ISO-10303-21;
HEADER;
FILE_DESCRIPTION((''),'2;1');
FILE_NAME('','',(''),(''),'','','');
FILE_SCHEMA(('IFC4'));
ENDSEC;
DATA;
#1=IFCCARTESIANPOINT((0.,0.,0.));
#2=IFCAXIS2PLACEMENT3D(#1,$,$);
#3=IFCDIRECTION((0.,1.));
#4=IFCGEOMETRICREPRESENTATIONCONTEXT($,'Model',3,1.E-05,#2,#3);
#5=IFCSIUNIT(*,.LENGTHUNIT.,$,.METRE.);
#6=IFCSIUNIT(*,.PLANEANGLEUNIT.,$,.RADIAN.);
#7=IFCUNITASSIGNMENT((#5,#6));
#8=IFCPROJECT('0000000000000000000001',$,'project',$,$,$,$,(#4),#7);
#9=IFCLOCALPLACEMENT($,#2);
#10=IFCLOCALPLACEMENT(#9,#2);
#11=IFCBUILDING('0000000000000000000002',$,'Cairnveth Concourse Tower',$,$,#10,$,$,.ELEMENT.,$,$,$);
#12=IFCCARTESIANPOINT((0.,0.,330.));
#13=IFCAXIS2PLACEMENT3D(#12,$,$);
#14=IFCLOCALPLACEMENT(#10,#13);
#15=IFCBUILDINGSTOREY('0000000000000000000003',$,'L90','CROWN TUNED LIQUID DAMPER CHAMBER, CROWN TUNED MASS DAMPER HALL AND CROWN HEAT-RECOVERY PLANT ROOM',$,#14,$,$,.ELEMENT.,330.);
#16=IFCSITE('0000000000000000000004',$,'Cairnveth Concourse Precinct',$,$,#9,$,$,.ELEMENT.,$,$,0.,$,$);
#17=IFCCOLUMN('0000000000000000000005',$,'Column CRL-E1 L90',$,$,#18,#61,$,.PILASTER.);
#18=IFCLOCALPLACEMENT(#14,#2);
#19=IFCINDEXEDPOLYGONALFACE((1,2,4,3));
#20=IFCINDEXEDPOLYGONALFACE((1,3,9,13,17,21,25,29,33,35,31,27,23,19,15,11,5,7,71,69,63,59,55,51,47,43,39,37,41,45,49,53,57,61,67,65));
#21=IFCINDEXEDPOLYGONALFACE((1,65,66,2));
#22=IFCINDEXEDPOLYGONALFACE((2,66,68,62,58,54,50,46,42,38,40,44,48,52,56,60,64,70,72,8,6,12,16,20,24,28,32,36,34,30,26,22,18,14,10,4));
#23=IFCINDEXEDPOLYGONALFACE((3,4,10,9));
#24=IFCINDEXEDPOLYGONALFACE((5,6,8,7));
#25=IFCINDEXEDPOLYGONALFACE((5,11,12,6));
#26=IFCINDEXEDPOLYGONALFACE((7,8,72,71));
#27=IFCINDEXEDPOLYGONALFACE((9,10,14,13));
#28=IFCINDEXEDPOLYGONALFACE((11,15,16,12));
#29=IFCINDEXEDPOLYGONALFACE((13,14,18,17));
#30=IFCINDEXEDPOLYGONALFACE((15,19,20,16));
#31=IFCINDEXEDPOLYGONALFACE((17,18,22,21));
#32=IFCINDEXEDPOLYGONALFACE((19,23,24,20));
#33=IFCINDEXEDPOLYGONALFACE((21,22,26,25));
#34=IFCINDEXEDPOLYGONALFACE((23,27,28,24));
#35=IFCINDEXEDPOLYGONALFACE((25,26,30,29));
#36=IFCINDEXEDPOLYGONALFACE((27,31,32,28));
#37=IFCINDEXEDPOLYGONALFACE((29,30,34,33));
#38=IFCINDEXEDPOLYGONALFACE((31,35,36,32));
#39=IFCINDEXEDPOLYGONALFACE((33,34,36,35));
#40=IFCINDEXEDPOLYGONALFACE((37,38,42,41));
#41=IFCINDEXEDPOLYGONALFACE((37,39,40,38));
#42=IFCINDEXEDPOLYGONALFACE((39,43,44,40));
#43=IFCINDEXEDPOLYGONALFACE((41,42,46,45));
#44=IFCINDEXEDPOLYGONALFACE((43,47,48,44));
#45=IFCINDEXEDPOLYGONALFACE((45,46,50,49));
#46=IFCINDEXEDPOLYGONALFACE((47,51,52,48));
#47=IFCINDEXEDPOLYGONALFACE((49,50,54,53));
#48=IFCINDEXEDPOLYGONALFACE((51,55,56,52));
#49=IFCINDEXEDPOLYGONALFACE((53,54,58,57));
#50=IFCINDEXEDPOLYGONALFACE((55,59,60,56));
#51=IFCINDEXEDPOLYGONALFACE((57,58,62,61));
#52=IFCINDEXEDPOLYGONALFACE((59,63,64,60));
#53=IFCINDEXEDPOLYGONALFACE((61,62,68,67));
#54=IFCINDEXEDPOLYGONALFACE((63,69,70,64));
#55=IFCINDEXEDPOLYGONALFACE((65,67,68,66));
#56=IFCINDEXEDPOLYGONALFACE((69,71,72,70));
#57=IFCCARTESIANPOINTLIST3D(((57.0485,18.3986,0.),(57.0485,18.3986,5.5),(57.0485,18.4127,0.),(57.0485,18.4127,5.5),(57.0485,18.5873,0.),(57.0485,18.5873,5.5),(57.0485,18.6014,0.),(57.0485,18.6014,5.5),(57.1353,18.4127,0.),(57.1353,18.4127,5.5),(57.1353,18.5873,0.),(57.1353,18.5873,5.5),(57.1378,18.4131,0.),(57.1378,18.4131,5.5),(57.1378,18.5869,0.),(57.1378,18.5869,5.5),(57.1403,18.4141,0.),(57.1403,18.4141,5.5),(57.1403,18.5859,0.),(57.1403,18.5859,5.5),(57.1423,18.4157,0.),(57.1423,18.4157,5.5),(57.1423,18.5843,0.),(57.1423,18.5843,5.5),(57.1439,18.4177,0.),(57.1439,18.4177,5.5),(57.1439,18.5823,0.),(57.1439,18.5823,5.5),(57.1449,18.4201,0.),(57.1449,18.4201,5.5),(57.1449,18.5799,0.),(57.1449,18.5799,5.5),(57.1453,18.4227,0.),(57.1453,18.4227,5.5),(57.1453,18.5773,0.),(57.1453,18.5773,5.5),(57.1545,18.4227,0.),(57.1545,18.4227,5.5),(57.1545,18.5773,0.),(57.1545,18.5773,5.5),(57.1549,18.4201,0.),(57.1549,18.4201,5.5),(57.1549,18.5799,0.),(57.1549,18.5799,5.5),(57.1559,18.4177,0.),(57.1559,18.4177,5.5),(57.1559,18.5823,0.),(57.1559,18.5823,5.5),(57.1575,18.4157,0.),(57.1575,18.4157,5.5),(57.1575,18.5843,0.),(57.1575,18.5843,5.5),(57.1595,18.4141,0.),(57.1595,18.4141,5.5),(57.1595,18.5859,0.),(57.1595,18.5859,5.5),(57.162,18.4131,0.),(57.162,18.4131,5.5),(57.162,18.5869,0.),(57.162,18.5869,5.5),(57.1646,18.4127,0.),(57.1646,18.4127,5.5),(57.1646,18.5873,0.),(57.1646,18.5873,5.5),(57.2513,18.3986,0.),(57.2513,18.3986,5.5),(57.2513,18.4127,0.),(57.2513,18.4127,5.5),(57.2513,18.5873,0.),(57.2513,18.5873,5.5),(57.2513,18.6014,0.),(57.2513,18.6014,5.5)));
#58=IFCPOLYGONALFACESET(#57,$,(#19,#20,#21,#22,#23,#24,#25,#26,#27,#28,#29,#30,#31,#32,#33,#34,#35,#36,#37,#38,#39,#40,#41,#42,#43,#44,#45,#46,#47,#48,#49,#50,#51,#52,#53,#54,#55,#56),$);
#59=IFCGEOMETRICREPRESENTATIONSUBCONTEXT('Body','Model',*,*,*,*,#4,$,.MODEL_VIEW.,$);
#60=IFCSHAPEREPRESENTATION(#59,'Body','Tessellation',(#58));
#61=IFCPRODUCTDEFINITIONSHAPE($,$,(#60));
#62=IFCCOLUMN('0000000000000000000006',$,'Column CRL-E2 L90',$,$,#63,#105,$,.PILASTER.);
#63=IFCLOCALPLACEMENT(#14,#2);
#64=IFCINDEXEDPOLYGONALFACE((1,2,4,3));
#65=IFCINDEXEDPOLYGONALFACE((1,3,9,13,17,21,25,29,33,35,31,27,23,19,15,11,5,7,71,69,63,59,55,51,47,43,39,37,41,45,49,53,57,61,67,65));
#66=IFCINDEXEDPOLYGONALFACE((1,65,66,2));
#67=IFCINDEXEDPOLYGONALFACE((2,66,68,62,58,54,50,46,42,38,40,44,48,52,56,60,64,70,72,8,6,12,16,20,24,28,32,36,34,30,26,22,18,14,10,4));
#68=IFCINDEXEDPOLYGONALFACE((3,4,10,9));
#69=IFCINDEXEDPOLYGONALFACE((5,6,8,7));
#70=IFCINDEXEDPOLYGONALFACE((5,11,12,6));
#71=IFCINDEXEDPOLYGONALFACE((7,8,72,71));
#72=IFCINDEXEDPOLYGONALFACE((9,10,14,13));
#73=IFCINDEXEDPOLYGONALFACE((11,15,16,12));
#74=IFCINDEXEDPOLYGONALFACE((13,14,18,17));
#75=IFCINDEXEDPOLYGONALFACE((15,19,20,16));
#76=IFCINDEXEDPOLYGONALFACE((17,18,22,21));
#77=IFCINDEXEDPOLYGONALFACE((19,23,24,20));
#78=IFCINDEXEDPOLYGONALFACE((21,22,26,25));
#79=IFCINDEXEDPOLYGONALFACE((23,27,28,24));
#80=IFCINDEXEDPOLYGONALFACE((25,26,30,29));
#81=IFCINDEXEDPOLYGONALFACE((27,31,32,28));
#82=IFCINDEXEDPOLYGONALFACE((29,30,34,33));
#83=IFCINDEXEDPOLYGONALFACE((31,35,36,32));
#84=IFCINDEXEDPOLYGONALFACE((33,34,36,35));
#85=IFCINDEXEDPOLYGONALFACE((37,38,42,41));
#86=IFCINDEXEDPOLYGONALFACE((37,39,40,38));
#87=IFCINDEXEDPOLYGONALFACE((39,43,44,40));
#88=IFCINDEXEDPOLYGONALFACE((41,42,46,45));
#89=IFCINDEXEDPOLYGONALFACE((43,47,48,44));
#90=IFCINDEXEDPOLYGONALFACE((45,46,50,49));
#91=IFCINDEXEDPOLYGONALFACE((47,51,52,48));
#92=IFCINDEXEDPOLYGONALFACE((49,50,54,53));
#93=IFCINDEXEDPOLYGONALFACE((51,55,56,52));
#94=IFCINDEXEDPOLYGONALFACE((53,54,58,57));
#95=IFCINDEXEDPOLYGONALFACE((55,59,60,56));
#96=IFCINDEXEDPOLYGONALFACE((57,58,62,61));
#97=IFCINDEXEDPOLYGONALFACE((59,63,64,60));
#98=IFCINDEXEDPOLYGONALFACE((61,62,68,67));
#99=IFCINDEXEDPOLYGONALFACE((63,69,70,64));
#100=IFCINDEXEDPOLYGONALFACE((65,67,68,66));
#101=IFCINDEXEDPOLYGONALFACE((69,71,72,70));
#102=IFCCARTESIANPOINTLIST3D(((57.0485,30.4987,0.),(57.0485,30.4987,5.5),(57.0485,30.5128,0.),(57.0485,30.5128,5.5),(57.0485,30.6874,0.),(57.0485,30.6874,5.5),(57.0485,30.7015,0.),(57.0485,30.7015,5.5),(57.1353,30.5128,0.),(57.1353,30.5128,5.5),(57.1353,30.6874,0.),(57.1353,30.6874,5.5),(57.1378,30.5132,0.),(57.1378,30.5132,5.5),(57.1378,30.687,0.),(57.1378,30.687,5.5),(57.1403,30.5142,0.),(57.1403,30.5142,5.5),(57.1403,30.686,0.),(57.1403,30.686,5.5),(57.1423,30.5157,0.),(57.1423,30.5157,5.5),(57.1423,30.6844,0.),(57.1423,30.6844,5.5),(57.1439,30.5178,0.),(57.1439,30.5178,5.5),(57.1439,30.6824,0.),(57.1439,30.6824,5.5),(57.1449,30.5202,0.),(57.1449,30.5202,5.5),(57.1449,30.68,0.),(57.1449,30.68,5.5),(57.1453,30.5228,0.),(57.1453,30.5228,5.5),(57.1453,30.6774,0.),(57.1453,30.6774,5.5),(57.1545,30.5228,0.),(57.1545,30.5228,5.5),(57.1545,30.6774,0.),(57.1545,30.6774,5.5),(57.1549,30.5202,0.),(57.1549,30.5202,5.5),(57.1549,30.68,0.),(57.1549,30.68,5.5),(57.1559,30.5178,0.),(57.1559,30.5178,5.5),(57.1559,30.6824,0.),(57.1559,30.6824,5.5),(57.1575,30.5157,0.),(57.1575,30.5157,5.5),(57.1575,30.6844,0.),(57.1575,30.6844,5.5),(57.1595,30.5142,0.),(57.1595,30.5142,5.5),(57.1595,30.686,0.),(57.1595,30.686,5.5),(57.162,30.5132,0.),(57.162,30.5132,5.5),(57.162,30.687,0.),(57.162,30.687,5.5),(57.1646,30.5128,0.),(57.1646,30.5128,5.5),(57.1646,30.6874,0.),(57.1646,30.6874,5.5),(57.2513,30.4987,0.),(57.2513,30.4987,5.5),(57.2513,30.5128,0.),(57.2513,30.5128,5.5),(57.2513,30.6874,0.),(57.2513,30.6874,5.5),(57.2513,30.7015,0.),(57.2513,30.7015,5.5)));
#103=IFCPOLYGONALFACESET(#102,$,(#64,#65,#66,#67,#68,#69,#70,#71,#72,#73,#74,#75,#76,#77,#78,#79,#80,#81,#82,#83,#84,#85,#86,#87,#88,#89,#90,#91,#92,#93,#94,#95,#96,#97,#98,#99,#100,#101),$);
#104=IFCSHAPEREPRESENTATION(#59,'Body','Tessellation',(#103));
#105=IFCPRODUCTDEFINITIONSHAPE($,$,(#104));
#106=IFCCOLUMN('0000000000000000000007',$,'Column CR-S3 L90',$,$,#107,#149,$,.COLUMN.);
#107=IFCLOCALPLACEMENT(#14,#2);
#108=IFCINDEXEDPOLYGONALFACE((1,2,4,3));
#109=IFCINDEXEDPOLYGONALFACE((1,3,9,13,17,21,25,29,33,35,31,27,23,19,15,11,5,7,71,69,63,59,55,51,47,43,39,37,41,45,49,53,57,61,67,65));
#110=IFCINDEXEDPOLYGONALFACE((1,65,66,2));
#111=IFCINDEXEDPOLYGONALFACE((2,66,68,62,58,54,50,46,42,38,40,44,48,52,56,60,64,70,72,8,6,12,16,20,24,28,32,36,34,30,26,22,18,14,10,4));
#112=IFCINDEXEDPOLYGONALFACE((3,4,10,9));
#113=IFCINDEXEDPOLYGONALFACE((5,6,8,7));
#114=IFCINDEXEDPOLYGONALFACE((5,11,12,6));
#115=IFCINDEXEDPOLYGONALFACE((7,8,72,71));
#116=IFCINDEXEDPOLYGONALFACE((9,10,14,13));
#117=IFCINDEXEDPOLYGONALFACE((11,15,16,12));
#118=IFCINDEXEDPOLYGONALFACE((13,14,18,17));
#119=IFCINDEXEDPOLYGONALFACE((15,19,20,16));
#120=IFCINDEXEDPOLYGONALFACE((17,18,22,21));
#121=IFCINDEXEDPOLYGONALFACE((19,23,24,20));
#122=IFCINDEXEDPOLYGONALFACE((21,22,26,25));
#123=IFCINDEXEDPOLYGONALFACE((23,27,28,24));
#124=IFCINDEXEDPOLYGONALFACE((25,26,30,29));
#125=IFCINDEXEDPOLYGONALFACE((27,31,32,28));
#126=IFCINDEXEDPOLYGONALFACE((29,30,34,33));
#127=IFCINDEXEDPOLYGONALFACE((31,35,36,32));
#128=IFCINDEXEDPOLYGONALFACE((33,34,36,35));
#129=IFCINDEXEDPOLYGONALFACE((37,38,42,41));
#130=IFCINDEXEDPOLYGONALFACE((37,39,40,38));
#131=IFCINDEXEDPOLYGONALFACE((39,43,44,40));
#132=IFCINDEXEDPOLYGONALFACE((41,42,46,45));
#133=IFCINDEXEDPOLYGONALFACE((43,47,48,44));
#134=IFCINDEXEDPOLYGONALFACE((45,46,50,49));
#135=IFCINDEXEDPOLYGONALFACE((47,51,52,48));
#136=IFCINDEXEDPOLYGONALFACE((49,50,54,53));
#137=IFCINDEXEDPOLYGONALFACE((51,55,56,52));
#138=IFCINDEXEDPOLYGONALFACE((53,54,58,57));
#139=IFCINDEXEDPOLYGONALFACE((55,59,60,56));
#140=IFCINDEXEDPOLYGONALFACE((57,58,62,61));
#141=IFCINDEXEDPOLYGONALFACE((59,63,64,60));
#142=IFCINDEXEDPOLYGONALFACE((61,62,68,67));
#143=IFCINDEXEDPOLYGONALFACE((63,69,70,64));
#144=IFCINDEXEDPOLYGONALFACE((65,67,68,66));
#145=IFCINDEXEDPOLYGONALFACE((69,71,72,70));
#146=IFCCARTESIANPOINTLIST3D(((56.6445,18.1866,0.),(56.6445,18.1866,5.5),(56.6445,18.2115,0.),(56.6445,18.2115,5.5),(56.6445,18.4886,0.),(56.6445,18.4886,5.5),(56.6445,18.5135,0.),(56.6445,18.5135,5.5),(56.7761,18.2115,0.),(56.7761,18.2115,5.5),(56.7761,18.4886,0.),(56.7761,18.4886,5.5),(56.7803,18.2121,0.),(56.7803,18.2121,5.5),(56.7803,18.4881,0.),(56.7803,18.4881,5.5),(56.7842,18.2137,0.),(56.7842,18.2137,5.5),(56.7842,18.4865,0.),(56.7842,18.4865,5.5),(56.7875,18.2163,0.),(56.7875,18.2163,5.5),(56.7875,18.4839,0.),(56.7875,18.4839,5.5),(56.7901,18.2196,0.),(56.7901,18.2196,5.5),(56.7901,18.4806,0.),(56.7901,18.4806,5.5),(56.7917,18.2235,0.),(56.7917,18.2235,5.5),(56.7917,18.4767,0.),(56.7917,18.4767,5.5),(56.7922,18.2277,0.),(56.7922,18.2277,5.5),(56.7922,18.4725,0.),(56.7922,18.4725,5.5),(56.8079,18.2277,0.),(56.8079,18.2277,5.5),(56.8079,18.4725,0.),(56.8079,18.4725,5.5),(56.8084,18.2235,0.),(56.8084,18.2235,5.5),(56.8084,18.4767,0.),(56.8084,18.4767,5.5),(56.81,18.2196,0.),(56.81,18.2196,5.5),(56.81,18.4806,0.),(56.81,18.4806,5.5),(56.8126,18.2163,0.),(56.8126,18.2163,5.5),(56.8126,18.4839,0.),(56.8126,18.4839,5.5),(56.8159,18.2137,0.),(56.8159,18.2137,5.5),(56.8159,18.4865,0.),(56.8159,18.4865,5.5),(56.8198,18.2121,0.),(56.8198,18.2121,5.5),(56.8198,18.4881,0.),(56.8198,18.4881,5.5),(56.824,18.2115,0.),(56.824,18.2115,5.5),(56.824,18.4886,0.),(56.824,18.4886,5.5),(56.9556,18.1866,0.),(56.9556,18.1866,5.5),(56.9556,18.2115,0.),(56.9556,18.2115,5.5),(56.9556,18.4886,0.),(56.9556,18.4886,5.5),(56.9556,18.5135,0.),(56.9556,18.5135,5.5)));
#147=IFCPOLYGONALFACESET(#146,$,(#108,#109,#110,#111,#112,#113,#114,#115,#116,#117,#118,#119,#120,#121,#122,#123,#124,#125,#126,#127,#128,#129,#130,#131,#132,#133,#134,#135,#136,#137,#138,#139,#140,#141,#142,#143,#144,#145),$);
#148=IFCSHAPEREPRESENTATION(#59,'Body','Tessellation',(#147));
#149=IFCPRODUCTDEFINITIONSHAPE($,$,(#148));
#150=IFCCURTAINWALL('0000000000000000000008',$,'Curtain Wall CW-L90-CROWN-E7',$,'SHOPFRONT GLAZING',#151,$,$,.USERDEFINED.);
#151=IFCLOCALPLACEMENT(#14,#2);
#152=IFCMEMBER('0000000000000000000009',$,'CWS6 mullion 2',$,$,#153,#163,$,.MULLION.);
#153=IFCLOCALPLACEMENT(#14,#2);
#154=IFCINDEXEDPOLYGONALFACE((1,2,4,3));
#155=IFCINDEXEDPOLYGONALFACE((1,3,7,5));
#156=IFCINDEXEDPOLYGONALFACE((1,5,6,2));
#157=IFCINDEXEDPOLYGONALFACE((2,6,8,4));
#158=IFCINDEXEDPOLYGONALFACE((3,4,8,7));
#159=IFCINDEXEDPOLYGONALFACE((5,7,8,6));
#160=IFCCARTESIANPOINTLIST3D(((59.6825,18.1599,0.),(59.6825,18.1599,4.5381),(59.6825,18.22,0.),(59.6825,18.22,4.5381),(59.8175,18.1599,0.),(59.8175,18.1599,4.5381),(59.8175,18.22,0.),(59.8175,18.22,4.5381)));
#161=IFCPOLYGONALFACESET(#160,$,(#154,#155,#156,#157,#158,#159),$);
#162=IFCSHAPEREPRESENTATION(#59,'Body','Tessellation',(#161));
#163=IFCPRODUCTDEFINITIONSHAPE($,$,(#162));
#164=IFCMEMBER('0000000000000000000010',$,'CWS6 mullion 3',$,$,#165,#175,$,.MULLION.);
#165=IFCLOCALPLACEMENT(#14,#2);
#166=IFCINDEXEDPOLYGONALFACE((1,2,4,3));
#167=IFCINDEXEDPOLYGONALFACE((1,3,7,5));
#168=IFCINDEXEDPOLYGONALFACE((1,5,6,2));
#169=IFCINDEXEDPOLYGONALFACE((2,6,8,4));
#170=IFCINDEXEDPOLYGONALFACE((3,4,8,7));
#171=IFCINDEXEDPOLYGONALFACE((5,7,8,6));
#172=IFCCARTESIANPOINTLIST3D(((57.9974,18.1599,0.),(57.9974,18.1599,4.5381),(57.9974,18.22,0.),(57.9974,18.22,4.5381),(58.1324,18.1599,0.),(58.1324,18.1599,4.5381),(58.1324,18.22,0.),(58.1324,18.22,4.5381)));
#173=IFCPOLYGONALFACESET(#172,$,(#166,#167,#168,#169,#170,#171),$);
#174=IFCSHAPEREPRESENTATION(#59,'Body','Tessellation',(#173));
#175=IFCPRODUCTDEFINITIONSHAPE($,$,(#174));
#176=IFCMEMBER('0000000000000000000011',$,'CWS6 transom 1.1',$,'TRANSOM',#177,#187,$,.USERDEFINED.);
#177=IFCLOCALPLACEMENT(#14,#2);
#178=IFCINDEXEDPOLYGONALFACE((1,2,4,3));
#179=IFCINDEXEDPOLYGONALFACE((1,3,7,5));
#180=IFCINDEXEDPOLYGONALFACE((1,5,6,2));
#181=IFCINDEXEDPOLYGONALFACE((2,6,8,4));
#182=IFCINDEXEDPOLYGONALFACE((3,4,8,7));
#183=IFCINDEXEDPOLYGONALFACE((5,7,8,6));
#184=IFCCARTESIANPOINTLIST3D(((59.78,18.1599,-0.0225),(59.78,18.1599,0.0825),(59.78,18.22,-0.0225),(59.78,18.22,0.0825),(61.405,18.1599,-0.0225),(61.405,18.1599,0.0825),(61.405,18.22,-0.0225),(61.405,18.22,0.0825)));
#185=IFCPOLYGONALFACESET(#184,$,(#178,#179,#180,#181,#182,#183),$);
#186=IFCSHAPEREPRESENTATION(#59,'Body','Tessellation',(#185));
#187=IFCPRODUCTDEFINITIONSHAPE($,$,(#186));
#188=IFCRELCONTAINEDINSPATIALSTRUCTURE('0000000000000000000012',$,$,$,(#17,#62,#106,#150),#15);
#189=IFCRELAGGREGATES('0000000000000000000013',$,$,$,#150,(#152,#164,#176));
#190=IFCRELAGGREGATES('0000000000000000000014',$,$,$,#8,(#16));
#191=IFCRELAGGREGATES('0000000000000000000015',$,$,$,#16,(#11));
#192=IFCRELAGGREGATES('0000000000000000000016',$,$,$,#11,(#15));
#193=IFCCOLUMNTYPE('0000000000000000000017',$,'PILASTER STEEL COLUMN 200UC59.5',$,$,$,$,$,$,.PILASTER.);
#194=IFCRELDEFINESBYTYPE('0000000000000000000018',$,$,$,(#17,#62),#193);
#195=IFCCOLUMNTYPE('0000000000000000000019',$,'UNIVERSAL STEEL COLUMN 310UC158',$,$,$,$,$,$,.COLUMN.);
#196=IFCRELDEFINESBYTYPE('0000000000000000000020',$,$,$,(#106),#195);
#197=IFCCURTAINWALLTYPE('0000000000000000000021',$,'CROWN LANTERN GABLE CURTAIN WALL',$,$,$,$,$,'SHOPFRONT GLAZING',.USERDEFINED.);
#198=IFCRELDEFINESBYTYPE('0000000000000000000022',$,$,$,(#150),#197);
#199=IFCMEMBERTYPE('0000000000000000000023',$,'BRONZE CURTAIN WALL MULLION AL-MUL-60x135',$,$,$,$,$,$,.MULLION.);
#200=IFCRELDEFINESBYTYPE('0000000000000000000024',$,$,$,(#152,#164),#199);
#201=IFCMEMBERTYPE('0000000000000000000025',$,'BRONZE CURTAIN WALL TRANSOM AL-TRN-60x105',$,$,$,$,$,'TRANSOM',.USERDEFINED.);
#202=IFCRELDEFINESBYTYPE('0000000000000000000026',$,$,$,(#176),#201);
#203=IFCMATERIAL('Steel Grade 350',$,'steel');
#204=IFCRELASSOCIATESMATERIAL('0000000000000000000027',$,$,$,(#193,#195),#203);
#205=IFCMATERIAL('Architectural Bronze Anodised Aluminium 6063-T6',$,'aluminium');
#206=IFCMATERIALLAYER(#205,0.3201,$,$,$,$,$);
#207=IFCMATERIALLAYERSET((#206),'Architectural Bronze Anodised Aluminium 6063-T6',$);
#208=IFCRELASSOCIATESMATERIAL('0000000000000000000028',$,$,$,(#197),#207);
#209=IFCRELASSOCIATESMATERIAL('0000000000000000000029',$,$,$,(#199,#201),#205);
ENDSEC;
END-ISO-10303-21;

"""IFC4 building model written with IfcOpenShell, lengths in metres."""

from ifc_helpers import new_model, si_unit, direction, frame, origin, origin_2d, place, context, subcontext, project, spatial, rectangle, i_section, extrude, material, layer, layer_set, material_profile, profile_set, type_object, element, aggregate, save


model = new_model("IFC4")

# Units and contexts
model_context = context("Model", 3, precision=1e-05, world=origin(), true_north=direction((0.0, 1.0)))
body_context = subcontext(model_context, "Body", "Model", "MODEL_VIEW")
ifc_project = project(units=[si_unit("LENGTHUNIT", "METRE"), si_unit("PLANEANGLEUNIT", "RADIAN")], contexts=[model_context])

# Site, building, storey
site_placement = place(None, origin())
site = spatial("IfcSite", under=ifc_project, at=site_placement, Name="Cairnveth Concourse Precinct", CompositionType="ELEMENT", RefElevation=0.0)
building_placement = place(site_placement, origin())
building = spatial("IfcBuilding", under=site, at=building_placement, Name="Cairnveth Concourse Tower", CompositionType="ELEMENT")
storey_placement = place(building_placement, frame((0.0, 0.0, 330.0)))
storey = spatial("IfcBuildingStorey", under=building, at=storey_placement, Name="L90", Description="CROWN TUNED LIQUID DAMPER CHAMBER, CROWN TUNED MASS DAMPER HALL AND CROWN HEAT-RECOVERY PLANT ROOM", CompositionType="ELEMENT", Elevation=330.0)

# Columns
ifc_material_1 = material(Name="Steel Grade 350", Category="steel")
ifc_material_profile_1 = material_profile(ifc_material_1, i_section(OverallWidth=0.2029, OverallDepth=0.2029, WebThickness=0.0093, FlangeThickness=0.0142, FilletRadius=0.01, at=origin_2d()), Name="200UC59.5")
ifc_profile_set_1 = profile_set([ifc_material_profile_1], Name="Steel Grade 350")
column_type_1 = type_object("IfcColumnType", Name="PILASTER STEEL COLUMN 200UC59.5", PredefinedType="PILASTER", material=ifc_profile_set_1)
for number, where, z_axis, x_axis, name in (
    (1, (57.1499, 18.5, 0.0), (0.0, 0.0, 1.0), (1.0, 0.0, 0.0), "Column CRL-E1 L90"),
    (2, (57.1499, 30.6001, 0.0), (0.0, 0.0, 1.0), (1.0, 0.0, 0.0), "Column CRL-E2 L90"),
):
    element("IfcColumn", number, at=place(storey_placement, frame(where, z_axis=z_axis, x_axis=x_axis)), inside=storey, type_object=column_type_1, Name=name, PredefinedType="PILASTER", context=body_context, shape_type="SweptSolid", body=[
        extrude(i_section(OverallWidth=0.2029, OverallDepth=0.2029, WebThickness=0.0093, FlangeThickness=0.0142, FilletRadius=0.01, at=origin_2d()), origin(), (0.0, 0.0, 1.0), 5.5),
    ])
ifc_material_profile_2 = material_profile(ifc_material_1, i_section(OverallWidth=0.311, OverallDepth=0.3269, WebThickness=0.0156, FlangeThickness=0.0249, FilletRadius=0.0161, at=origin_2d()), Name="310UC158")
ifc_profile_set_2 = profile_set([ifc_material_profile_2], Name="Steel Grade 350")
column_type_2 = type_object("IfcColumnType", Name="UNIVERSAL STEEL COLUMN 310UC158", PredefinedType="COLUMN", material=ifc_profile_set_2)
column_placement = place(storey_placement, frame((56.8, 18.3501, 0.0), z_axis=(0.0, 0.0, 1.0), x_axis=(1.0, 0.0, 0.0)))
element("IfcColumn", 3, at=column_placement, inside=storey, type_object=column_type_2, Name="Column CR-S3 L90", PredefinedType="COLUMN", context=body_context, shape_type="SweptSolid", body=[
    extrude(i_section(OverallWidth=0.311, OverallDepth=0.3269, WebThickness=0.0156, FlangeThickness=0.0249, FilletRadius=0.0161, at=origin_2d()), origin(), (0.0, 0.0, 1.0), 5.5),
])

# Curtain wall, members
ifc_material_2 = material(Name="Architectural Bronze Anodised Aluminium 6063-T6", Category="aluminium")
ifc_layer_1 = layer(ifc_material_2, 0.3201)
ifc_layer_set_1 = layer_set([ifc_layer_1], Name="Architectural Bronze Anodised Aluminium 6063-T6")
curtain_wall_type = type_object("IfcCurtainWallType", Name="CROWN LANTERN GABLE CURTAIN WALL", ElementType="SHOPFRONT GLAZING", PredefinedType="USERDEFINED", material=ifc_layer_set_1)
curtain_wall_placement = place(storey_placement, origin())
curtain_wall = element("IfcCurtainWall", 4, at=curtain_wall_placement, inside=storey, type_object=curtain_wall_type, Name="Curtain Wall CW-L90-CROWN-E7", ObjectType="SHOPFRONT GLAZING", PredefinedType="USERDEFINED")
ifc_material_profile_3 = material_profile(ifc_material_2, rectangle(XDim=0.0601, YDim=0.135, at=origin_2d()), Name="AL-MUL-60x135")
ifc_profile_set_3 = profile_set([ifc_material_profile_3], Name="Architectural Bronze Anodised Aluminium 6063-T6")
member_type_1 = type_object("IfcMemberType", Name="BRONZE CURTAIN WALL MULLION AL-MUL-60x135", PredefinedType="MULLION", material=ifc_profile_set_3)
member_1_placement = place(storey_placement, frame((59.75, 18.1899, 0.0), z_axis=(0.0, 0.0, 1.0), x_axis=(0.0, -1.0, 0.0)))
member_1 = element("IfcMember", 5, at=member_1_placement, type_object=member_type_1, Name="CWS6 mullion 2", PredefinedType="MULLION", context=body_context, shape_type="SweptSolid", body=[
    extrude(rectangle(XDim=0.0601, YDim=0.135, at=origin_2d()), origin(), (0.0, 0.0, 1.0), 4.5381),
])
member_2_placement = place(storey_placement, frame((58.0649, 18.1899, 0.0), z_axis=(0.0, 0.0, 1.0), x_axis=(0.0, -1.0, 0.0)))
member_2 = element("IfcMember", 6, at=member_2_placement, type_object=member_type_1, Name="CWS6 mullion 3", PredefinedType="MULLION", context=body_context, shape_type="SweptSolid", body=[
    extrude(rectangle(XDim=0.0601, YDim=0.135, at=origin_2d()), origin(), (0.0, 0.0, 1.0), 4.5381),
])
ifc_material_profile_4 = material_profile(ifc_material_2, rectangle(XDim=0.0601, YDim=0.105, at=origin_2d()), Name="AL-TRN-60x105")
ifc_profile_set_4 = profile_set([ifc_material_profile_4], Name="Architectural Bronze Anodised Aluminium 6063-T6")
member_type_2 = type_object("IfcMemberType", Name="BRONZE CURTAIN WALL TRANSOM AL-TRN-60x105", ElementType="TRANSOM", PredefinedType="USERDEFINED", material=ifc_profile_set_4)
member_3_placement = place(storey_placement, frame((61.405, 18.1899, 0.03), z_axis=(-1.0, 0.0, 0.0), x_axis=(0.0, -1.0, 0.0)))
member_3 = element("IfcMember", 7, at=member_3_placement, type_object=member_type_2, Name="CWS6 transom 1.1", ObjectType="TRANSOM", PredefinedType="USERDEFINED", context=body_context, shape_type="SweptSolid", body=[
    extrude(rectangle(XDim=0.0601, YDim=0.105, at=origin_2d()), origin(), (0.0, 0.0, 1.0), 1.625),
])

aggregate(curtain_wall, [member_1, member_2, member_3])

save(model, "model.ifc")
